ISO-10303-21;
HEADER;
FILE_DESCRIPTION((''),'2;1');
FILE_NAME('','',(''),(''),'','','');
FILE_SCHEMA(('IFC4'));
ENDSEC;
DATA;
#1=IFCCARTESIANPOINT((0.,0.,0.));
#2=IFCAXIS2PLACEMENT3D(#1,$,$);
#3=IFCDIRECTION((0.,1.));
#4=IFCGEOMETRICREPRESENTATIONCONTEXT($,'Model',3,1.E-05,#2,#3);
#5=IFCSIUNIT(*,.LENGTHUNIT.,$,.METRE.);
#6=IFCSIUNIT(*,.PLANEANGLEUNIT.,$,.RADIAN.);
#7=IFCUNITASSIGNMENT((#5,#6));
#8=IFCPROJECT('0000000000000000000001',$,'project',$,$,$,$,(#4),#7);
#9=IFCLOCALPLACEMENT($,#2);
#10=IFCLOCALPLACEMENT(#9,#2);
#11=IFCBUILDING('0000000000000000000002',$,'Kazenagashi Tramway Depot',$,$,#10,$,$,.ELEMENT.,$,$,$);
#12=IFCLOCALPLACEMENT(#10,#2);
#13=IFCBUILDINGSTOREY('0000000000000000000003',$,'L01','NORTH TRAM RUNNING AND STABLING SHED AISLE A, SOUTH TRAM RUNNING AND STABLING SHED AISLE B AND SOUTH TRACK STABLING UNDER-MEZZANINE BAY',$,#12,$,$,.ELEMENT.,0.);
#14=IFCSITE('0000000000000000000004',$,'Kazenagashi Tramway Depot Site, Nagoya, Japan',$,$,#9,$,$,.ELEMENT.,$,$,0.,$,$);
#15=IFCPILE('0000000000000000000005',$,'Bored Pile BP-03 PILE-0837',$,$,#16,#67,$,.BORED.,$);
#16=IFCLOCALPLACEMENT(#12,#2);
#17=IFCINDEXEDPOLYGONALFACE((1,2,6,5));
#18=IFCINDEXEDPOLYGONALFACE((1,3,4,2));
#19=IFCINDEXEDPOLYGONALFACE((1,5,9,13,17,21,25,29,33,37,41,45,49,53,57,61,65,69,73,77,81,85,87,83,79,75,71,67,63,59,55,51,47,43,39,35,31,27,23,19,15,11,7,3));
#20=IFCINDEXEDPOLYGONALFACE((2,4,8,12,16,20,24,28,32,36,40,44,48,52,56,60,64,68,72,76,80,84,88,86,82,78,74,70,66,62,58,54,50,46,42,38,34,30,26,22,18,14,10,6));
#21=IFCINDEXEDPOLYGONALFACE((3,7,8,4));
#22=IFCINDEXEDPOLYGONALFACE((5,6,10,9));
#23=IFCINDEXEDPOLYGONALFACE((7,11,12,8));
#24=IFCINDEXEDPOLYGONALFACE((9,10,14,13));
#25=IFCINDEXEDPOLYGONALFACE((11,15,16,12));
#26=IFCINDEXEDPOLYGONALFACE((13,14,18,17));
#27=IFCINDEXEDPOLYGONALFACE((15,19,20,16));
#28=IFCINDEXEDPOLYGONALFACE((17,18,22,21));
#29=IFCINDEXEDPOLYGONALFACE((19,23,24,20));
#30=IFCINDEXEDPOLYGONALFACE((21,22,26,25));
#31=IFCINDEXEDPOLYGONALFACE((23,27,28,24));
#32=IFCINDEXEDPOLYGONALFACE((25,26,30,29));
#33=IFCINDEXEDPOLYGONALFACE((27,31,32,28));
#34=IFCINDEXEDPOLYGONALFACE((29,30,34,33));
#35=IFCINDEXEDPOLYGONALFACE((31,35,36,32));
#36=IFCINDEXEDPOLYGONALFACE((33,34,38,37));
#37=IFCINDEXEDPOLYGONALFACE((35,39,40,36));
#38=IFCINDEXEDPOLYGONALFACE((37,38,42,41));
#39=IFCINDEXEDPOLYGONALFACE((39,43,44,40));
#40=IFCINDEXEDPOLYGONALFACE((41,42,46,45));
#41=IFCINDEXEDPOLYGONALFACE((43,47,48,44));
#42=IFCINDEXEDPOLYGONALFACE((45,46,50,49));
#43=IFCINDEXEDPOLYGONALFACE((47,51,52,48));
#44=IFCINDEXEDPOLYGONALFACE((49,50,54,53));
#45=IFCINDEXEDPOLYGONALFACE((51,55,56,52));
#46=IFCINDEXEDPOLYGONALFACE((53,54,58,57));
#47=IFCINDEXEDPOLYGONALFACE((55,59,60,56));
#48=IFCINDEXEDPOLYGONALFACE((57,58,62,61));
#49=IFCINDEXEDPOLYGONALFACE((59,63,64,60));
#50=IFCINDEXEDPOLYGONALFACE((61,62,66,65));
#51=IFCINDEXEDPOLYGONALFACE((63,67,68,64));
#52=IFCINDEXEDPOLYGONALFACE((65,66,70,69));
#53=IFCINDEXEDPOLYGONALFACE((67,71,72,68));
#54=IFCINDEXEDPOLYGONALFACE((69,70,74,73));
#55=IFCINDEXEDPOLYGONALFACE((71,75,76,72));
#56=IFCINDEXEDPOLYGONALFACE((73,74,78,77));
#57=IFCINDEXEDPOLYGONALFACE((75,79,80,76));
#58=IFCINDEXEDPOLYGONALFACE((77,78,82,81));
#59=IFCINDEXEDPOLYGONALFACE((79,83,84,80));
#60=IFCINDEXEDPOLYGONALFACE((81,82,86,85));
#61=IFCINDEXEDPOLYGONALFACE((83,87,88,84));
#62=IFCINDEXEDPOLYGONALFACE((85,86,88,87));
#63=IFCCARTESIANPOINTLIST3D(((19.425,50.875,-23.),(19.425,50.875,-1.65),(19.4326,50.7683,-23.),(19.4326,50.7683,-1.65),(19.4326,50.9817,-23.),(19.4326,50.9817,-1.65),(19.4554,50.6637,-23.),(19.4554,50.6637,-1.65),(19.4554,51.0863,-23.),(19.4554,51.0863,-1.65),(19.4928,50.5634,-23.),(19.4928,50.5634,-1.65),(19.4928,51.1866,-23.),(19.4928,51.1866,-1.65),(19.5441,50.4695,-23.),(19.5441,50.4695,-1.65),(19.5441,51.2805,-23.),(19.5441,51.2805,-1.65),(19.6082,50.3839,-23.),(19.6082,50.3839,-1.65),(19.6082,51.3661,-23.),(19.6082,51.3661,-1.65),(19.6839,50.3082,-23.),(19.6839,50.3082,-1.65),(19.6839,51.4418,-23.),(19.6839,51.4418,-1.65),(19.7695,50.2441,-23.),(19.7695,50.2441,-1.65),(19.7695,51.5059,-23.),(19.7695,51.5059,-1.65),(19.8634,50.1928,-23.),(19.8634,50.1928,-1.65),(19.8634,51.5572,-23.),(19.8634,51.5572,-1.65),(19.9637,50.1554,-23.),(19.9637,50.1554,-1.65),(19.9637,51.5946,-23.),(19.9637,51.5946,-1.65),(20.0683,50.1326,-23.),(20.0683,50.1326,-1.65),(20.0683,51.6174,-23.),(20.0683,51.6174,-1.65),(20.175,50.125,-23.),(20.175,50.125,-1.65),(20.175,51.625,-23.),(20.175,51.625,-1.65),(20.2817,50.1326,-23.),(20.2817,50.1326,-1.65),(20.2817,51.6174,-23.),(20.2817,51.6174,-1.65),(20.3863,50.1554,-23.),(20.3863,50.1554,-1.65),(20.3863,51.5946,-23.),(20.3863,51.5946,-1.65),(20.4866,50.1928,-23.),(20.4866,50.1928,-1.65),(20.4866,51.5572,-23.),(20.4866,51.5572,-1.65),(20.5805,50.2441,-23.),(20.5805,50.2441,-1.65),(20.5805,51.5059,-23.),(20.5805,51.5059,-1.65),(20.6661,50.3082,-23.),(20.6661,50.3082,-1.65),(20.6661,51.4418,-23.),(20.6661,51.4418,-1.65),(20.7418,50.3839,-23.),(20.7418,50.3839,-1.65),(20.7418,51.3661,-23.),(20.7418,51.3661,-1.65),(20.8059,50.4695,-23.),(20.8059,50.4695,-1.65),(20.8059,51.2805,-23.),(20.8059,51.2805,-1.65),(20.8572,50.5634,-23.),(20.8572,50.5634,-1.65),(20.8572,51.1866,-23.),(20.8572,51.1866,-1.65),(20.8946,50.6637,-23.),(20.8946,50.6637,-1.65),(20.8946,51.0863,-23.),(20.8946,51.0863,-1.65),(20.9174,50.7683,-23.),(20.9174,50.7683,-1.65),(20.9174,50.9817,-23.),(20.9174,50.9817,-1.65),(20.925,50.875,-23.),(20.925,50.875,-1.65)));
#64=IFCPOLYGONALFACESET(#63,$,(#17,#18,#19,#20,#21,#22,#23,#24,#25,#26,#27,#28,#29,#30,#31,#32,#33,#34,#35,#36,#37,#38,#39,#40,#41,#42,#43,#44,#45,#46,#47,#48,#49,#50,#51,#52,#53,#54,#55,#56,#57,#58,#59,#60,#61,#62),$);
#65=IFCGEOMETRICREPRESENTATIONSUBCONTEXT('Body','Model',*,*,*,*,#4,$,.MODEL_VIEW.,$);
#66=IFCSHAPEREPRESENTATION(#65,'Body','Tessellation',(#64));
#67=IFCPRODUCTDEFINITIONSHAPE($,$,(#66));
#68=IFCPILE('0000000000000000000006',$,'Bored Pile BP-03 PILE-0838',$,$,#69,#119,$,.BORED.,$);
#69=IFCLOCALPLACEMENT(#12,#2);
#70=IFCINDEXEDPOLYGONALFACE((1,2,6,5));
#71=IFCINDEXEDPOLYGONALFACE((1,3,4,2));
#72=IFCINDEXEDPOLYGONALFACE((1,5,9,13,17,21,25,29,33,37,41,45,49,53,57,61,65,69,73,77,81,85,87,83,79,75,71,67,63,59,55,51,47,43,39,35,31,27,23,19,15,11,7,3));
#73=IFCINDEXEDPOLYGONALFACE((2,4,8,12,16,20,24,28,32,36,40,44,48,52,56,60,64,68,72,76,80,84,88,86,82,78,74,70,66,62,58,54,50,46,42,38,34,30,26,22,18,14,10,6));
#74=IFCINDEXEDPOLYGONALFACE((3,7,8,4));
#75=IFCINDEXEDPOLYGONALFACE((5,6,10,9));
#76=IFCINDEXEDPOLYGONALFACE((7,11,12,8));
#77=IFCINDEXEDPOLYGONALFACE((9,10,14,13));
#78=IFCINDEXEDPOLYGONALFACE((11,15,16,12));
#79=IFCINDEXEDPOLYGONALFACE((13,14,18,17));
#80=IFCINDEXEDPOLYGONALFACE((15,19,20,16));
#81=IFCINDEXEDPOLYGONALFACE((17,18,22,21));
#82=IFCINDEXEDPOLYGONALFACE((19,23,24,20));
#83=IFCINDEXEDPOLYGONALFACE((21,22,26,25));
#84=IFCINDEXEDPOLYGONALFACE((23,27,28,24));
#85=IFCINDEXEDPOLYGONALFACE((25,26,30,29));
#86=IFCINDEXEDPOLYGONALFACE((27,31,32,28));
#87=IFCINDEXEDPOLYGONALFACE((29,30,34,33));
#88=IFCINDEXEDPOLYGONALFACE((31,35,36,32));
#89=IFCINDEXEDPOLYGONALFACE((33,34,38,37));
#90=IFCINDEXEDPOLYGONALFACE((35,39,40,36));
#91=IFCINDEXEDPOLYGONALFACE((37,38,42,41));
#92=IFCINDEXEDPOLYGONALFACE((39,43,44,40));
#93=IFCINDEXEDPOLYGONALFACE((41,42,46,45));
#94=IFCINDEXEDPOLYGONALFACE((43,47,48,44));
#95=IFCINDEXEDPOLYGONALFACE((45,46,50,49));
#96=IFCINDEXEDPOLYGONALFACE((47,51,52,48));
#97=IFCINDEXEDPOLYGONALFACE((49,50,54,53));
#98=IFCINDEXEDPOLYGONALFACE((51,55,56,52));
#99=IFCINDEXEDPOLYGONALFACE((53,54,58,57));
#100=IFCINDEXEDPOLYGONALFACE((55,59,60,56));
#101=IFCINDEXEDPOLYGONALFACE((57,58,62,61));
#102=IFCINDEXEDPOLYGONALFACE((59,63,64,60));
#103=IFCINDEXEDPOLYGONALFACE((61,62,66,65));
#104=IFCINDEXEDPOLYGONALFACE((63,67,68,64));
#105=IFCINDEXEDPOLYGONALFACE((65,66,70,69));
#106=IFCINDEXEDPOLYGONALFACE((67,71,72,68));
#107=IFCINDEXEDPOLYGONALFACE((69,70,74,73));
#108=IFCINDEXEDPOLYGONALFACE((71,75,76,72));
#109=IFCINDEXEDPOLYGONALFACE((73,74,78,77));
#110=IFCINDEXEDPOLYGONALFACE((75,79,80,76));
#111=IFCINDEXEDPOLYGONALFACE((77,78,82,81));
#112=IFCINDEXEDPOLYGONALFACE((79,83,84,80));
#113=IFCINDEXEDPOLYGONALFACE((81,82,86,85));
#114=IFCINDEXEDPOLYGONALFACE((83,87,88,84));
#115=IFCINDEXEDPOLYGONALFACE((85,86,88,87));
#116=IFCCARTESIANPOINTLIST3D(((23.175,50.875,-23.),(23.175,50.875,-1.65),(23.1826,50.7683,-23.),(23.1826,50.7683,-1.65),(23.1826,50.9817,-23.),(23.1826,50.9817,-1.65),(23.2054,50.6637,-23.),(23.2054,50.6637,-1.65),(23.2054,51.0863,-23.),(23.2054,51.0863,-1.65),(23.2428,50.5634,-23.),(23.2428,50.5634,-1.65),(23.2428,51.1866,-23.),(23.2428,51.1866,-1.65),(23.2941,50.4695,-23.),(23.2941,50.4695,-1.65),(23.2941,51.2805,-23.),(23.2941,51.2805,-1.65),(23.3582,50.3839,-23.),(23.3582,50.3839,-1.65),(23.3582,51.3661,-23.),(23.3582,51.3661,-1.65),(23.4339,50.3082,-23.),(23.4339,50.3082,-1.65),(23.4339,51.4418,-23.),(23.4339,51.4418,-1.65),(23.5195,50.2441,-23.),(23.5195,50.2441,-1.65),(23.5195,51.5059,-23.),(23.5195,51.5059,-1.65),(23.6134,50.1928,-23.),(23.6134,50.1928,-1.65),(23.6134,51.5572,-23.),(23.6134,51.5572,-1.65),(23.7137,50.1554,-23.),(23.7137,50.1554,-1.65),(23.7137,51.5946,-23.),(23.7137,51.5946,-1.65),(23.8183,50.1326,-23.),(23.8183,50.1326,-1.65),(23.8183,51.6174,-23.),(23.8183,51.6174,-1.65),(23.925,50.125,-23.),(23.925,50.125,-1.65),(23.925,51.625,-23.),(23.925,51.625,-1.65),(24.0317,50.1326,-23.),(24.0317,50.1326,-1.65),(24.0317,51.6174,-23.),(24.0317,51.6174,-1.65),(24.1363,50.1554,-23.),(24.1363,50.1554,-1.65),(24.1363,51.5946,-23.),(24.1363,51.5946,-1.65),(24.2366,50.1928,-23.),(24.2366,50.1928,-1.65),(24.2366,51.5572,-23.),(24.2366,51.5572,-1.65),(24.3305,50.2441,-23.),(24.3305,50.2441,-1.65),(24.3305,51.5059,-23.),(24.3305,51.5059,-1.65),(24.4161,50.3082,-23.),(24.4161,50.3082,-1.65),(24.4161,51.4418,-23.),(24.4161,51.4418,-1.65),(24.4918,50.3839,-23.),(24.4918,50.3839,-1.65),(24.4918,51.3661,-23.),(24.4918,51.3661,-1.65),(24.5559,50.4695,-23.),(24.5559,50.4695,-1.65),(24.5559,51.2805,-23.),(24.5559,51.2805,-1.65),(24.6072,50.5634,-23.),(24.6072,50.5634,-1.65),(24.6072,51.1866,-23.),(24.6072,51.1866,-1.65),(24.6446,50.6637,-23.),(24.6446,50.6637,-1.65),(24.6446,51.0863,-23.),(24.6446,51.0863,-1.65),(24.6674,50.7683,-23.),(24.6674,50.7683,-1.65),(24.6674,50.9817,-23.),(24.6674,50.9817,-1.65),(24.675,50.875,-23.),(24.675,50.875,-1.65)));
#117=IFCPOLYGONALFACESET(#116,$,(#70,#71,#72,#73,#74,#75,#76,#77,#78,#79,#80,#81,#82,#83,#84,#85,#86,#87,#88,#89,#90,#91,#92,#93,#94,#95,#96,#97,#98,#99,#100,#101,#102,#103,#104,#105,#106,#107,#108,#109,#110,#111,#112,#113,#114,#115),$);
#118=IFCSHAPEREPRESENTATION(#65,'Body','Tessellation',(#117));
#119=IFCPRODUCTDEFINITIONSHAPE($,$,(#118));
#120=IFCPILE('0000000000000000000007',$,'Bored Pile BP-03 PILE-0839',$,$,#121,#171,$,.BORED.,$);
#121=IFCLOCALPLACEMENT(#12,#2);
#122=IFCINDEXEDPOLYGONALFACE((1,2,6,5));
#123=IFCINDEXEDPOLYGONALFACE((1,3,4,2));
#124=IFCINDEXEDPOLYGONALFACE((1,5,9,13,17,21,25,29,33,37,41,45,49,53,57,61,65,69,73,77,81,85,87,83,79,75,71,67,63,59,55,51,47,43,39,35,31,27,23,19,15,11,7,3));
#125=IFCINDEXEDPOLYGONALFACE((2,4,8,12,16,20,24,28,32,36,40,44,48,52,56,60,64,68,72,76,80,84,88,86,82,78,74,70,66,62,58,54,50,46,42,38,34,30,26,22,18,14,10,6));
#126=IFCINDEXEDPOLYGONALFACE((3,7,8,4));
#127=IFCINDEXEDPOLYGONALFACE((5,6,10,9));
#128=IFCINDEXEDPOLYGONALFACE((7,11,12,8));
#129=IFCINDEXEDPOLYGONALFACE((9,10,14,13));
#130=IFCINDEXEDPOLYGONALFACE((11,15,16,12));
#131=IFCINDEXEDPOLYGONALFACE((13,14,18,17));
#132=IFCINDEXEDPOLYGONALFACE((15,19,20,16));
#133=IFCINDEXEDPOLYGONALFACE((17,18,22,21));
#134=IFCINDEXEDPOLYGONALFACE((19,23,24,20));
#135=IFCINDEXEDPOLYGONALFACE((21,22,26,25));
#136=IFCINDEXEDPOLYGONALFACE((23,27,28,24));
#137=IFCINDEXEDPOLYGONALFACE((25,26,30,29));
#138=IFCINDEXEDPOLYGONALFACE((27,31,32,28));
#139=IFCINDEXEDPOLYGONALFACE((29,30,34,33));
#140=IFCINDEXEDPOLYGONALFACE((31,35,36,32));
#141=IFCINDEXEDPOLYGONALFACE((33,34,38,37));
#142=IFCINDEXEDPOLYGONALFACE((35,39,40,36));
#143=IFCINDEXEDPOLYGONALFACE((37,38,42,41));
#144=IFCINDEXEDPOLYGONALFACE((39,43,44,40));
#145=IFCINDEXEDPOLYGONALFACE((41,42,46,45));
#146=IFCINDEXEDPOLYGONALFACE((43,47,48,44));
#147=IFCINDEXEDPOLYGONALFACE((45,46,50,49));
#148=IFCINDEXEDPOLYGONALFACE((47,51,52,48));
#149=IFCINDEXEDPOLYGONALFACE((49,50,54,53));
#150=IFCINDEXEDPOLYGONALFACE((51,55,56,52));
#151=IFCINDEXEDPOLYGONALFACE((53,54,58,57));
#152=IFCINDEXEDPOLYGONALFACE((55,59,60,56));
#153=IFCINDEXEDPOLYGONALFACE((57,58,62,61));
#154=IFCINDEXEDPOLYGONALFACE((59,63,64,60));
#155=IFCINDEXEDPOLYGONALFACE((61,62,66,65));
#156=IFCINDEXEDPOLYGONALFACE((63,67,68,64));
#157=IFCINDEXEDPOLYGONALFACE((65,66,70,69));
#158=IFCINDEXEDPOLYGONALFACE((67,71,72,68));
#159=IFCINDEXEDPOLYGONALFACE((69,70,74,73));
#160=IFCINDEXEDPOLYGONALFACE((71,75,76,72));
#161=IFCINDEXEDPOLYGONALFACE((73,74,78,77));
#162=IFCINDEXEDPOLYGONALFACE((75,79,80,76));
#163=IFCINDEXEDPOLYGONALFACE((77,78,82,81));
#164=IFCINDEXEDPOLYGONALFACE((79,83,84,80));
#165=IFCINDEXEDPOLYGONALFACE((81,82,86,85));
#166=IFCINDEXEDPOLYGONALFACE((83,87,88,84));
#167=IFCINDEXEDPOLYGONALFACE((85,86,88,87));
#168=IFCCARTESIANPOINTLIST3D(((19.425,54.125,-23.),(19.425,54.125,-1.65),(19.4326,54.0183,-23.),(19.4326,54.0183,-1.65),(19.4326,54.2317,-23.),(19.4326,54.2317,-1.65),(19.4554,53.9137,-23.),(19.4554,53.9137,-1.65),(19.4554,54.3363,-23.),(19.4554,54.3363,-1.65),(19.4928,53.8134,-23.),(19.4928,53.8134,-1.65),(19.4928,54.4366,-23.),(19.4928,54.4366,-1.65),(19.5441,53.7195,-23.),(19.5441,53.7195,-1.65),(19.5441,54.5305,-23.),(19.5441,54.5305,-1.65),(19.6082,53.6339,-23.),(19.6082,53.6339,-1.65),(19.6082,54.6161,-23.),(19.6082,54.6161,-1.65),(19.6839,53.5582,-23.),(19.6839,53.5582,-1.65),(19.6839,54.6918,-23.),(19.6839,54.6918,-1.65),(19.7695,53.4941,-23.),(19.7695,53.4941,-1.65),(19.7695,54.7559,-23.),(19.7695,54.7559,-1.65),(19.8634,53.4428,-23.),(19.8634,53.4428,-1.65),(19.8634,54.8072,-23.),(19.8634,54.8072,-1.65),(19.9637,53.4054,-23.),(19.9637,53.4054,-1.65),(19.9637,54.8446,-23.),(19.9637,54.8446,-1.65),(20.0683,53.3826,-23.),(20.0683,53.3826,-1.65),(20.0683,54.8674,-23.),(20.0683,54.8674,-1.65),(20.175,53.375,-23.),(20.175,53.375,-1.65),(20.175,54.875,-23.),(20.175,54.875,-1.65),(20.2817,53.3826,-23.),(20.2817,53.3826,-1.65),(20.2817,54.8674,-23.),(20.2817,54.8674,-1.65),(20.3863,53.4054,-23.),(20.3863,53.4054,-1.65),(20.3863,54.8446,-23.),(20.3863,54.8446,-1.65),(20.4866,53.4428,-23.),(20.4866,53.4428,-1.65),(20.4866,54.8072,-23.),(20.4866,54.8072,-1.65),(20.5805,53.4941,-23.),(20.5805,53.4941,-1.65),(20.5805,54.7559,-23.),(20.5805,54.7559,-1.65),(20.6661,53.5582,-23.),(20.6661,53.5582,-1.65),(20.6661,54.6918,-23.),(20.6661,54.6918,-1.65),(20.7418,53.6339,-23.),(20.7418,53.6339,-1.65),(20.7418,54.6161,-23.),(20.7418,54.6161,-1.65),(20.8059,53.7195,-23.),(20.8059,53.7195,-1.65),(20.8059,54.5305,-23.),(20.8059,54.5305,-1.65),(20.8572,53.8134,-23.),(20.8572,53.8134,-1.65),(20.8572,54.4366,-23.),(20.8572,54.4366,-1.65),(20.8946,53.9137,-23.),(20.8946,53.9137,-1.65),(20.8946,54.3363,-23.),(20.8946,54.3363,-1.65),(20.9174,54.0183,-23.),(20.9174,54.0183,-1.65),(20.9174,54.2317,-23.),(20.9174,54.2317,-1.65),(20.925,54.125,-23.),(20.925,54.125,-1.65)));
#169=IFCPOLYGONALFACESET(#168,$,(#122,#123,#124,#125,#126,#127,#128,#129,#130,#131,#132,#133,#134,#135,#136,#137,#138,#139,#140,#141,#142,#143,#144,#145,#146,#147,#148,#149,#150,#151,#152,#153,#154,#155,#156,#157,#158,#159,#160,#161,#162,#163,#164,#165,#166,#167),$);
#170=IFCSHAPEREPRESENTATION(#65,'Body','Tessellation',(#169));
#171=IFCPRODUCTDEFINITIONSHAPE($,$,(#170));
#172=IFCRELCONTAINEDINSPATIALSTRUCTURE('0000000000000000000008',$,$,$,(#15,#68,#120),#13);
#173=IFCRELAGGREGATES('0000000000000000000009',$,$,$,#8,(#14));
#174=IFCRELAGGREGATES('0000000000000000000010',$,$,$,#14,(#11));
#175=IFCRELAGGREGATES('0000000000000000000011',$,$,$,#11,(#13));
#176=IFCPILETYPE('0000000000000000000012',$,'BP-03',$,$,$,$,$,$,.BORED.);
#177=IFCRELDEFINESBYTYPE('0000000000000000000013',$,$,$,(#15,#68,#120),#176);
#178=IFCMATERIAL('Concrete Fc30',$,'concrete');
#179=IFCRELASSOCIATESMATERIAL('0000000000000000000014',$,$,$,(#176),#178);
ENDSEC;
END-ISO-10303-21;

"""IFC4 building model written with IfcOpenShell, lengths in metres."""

from ifc_helpers import new_model, si_unit, direction, frame, origin, origin_2d, place, context, subcontext, project, spatial, circle, extrude, material, material_profile, profile_set, type_object, element, save


model = new_model("IFC4")

# Units and contexts
model_context = context("Model", 3, precision=1e-05, world=origin(), true_north=direction((0.0, 1.0)))
body_context = subcontext(model_context, "Body", "Model", "MODEL_VIEW")
ifc_project = project(units=[si_unit("LENGTHUNIT", "METRE"), si_unit("PLANEANGLEUNIT", "RADIAN")], contexts=[model_context])

# Site, building, storey
site_placement = place(None, origin())
site = spatial("IfcSite", under=ifc_project, at=site_placement, Name="Kazenagashi Tramway Depot Site, Nagoya, Japan", CompositionType="ELEMENT", RefElevation=0.0)
building_placement = place(site_placement, origin())
building = spatial("IfcBuilding", under=site, at=building_placement, Name="Kazenagashi Tramway Depot", CompositionType="ELEMENT")
storey_placement = place(building_placement, origin())
storey = spatial("IfcBuildingStorey", under=building, at=storey_placement, Name="L01", Description="NORTH TRAM RUNNING AND STABLING SHED AISLE A, SOUTH TRAM RUNNING AND STABLING SHED AISLE B AND SOUTH TRACK STABLING UNDER-MEZZANINE BAY", CompositionType="ELEMENT", Elevation=0.0)

# Piles
ifc_material_1 = material(Name="Concrete Fc30", Category="concrete")
ifc_material_profile_1 = material_profile(ifc_material_1, circle(Radius=0.75, at=origin_2d()), Name="PILE-1500")
ifc_profile_set_1 = profile_set([ifc_material_profile_1], Name="Concrete Fc30")
pile_type = type_object("IfcPileType", Name="BP-03", PredefinedType="BORED", material=ifc_profile_set_1)
for number, where, z_axis, x_axis, name in (
    (1, (20.175, 50.875, -1.65), (0.0, 0.0, -1.0), (1.0, 0.0, 0.0), "Bored Pile BP-03 PILE-0837"),
    (2, (23.925, 50.875, -1.65), (0.0, 0.0, -1.0), (1.0, 0.0, 0.0), "Bored Pile BP-03 PILE-0838"),
    (3, (20.175, 54.125, -1.65), (0.0, 0.0, -1.0), (1.0, 0.0, 0.0), "Bored Pile BP-03 PILE-0839"),
):
    element("IfcPile", number, at=place(storey_placement, frame(where, z_axis=z_axis, x_axis=x_axis)), inside=storey, type_object=pile_type, Name=name, PredefinedType="BORED", context=body_context, shape_type="SweptSolid", body=[
        extrude(circle(Radius=0.75, at=origin_2d()), origin(), (0.0, 0.0, 1.0), 21.35),
    ])

save(model, "model.ifc")
